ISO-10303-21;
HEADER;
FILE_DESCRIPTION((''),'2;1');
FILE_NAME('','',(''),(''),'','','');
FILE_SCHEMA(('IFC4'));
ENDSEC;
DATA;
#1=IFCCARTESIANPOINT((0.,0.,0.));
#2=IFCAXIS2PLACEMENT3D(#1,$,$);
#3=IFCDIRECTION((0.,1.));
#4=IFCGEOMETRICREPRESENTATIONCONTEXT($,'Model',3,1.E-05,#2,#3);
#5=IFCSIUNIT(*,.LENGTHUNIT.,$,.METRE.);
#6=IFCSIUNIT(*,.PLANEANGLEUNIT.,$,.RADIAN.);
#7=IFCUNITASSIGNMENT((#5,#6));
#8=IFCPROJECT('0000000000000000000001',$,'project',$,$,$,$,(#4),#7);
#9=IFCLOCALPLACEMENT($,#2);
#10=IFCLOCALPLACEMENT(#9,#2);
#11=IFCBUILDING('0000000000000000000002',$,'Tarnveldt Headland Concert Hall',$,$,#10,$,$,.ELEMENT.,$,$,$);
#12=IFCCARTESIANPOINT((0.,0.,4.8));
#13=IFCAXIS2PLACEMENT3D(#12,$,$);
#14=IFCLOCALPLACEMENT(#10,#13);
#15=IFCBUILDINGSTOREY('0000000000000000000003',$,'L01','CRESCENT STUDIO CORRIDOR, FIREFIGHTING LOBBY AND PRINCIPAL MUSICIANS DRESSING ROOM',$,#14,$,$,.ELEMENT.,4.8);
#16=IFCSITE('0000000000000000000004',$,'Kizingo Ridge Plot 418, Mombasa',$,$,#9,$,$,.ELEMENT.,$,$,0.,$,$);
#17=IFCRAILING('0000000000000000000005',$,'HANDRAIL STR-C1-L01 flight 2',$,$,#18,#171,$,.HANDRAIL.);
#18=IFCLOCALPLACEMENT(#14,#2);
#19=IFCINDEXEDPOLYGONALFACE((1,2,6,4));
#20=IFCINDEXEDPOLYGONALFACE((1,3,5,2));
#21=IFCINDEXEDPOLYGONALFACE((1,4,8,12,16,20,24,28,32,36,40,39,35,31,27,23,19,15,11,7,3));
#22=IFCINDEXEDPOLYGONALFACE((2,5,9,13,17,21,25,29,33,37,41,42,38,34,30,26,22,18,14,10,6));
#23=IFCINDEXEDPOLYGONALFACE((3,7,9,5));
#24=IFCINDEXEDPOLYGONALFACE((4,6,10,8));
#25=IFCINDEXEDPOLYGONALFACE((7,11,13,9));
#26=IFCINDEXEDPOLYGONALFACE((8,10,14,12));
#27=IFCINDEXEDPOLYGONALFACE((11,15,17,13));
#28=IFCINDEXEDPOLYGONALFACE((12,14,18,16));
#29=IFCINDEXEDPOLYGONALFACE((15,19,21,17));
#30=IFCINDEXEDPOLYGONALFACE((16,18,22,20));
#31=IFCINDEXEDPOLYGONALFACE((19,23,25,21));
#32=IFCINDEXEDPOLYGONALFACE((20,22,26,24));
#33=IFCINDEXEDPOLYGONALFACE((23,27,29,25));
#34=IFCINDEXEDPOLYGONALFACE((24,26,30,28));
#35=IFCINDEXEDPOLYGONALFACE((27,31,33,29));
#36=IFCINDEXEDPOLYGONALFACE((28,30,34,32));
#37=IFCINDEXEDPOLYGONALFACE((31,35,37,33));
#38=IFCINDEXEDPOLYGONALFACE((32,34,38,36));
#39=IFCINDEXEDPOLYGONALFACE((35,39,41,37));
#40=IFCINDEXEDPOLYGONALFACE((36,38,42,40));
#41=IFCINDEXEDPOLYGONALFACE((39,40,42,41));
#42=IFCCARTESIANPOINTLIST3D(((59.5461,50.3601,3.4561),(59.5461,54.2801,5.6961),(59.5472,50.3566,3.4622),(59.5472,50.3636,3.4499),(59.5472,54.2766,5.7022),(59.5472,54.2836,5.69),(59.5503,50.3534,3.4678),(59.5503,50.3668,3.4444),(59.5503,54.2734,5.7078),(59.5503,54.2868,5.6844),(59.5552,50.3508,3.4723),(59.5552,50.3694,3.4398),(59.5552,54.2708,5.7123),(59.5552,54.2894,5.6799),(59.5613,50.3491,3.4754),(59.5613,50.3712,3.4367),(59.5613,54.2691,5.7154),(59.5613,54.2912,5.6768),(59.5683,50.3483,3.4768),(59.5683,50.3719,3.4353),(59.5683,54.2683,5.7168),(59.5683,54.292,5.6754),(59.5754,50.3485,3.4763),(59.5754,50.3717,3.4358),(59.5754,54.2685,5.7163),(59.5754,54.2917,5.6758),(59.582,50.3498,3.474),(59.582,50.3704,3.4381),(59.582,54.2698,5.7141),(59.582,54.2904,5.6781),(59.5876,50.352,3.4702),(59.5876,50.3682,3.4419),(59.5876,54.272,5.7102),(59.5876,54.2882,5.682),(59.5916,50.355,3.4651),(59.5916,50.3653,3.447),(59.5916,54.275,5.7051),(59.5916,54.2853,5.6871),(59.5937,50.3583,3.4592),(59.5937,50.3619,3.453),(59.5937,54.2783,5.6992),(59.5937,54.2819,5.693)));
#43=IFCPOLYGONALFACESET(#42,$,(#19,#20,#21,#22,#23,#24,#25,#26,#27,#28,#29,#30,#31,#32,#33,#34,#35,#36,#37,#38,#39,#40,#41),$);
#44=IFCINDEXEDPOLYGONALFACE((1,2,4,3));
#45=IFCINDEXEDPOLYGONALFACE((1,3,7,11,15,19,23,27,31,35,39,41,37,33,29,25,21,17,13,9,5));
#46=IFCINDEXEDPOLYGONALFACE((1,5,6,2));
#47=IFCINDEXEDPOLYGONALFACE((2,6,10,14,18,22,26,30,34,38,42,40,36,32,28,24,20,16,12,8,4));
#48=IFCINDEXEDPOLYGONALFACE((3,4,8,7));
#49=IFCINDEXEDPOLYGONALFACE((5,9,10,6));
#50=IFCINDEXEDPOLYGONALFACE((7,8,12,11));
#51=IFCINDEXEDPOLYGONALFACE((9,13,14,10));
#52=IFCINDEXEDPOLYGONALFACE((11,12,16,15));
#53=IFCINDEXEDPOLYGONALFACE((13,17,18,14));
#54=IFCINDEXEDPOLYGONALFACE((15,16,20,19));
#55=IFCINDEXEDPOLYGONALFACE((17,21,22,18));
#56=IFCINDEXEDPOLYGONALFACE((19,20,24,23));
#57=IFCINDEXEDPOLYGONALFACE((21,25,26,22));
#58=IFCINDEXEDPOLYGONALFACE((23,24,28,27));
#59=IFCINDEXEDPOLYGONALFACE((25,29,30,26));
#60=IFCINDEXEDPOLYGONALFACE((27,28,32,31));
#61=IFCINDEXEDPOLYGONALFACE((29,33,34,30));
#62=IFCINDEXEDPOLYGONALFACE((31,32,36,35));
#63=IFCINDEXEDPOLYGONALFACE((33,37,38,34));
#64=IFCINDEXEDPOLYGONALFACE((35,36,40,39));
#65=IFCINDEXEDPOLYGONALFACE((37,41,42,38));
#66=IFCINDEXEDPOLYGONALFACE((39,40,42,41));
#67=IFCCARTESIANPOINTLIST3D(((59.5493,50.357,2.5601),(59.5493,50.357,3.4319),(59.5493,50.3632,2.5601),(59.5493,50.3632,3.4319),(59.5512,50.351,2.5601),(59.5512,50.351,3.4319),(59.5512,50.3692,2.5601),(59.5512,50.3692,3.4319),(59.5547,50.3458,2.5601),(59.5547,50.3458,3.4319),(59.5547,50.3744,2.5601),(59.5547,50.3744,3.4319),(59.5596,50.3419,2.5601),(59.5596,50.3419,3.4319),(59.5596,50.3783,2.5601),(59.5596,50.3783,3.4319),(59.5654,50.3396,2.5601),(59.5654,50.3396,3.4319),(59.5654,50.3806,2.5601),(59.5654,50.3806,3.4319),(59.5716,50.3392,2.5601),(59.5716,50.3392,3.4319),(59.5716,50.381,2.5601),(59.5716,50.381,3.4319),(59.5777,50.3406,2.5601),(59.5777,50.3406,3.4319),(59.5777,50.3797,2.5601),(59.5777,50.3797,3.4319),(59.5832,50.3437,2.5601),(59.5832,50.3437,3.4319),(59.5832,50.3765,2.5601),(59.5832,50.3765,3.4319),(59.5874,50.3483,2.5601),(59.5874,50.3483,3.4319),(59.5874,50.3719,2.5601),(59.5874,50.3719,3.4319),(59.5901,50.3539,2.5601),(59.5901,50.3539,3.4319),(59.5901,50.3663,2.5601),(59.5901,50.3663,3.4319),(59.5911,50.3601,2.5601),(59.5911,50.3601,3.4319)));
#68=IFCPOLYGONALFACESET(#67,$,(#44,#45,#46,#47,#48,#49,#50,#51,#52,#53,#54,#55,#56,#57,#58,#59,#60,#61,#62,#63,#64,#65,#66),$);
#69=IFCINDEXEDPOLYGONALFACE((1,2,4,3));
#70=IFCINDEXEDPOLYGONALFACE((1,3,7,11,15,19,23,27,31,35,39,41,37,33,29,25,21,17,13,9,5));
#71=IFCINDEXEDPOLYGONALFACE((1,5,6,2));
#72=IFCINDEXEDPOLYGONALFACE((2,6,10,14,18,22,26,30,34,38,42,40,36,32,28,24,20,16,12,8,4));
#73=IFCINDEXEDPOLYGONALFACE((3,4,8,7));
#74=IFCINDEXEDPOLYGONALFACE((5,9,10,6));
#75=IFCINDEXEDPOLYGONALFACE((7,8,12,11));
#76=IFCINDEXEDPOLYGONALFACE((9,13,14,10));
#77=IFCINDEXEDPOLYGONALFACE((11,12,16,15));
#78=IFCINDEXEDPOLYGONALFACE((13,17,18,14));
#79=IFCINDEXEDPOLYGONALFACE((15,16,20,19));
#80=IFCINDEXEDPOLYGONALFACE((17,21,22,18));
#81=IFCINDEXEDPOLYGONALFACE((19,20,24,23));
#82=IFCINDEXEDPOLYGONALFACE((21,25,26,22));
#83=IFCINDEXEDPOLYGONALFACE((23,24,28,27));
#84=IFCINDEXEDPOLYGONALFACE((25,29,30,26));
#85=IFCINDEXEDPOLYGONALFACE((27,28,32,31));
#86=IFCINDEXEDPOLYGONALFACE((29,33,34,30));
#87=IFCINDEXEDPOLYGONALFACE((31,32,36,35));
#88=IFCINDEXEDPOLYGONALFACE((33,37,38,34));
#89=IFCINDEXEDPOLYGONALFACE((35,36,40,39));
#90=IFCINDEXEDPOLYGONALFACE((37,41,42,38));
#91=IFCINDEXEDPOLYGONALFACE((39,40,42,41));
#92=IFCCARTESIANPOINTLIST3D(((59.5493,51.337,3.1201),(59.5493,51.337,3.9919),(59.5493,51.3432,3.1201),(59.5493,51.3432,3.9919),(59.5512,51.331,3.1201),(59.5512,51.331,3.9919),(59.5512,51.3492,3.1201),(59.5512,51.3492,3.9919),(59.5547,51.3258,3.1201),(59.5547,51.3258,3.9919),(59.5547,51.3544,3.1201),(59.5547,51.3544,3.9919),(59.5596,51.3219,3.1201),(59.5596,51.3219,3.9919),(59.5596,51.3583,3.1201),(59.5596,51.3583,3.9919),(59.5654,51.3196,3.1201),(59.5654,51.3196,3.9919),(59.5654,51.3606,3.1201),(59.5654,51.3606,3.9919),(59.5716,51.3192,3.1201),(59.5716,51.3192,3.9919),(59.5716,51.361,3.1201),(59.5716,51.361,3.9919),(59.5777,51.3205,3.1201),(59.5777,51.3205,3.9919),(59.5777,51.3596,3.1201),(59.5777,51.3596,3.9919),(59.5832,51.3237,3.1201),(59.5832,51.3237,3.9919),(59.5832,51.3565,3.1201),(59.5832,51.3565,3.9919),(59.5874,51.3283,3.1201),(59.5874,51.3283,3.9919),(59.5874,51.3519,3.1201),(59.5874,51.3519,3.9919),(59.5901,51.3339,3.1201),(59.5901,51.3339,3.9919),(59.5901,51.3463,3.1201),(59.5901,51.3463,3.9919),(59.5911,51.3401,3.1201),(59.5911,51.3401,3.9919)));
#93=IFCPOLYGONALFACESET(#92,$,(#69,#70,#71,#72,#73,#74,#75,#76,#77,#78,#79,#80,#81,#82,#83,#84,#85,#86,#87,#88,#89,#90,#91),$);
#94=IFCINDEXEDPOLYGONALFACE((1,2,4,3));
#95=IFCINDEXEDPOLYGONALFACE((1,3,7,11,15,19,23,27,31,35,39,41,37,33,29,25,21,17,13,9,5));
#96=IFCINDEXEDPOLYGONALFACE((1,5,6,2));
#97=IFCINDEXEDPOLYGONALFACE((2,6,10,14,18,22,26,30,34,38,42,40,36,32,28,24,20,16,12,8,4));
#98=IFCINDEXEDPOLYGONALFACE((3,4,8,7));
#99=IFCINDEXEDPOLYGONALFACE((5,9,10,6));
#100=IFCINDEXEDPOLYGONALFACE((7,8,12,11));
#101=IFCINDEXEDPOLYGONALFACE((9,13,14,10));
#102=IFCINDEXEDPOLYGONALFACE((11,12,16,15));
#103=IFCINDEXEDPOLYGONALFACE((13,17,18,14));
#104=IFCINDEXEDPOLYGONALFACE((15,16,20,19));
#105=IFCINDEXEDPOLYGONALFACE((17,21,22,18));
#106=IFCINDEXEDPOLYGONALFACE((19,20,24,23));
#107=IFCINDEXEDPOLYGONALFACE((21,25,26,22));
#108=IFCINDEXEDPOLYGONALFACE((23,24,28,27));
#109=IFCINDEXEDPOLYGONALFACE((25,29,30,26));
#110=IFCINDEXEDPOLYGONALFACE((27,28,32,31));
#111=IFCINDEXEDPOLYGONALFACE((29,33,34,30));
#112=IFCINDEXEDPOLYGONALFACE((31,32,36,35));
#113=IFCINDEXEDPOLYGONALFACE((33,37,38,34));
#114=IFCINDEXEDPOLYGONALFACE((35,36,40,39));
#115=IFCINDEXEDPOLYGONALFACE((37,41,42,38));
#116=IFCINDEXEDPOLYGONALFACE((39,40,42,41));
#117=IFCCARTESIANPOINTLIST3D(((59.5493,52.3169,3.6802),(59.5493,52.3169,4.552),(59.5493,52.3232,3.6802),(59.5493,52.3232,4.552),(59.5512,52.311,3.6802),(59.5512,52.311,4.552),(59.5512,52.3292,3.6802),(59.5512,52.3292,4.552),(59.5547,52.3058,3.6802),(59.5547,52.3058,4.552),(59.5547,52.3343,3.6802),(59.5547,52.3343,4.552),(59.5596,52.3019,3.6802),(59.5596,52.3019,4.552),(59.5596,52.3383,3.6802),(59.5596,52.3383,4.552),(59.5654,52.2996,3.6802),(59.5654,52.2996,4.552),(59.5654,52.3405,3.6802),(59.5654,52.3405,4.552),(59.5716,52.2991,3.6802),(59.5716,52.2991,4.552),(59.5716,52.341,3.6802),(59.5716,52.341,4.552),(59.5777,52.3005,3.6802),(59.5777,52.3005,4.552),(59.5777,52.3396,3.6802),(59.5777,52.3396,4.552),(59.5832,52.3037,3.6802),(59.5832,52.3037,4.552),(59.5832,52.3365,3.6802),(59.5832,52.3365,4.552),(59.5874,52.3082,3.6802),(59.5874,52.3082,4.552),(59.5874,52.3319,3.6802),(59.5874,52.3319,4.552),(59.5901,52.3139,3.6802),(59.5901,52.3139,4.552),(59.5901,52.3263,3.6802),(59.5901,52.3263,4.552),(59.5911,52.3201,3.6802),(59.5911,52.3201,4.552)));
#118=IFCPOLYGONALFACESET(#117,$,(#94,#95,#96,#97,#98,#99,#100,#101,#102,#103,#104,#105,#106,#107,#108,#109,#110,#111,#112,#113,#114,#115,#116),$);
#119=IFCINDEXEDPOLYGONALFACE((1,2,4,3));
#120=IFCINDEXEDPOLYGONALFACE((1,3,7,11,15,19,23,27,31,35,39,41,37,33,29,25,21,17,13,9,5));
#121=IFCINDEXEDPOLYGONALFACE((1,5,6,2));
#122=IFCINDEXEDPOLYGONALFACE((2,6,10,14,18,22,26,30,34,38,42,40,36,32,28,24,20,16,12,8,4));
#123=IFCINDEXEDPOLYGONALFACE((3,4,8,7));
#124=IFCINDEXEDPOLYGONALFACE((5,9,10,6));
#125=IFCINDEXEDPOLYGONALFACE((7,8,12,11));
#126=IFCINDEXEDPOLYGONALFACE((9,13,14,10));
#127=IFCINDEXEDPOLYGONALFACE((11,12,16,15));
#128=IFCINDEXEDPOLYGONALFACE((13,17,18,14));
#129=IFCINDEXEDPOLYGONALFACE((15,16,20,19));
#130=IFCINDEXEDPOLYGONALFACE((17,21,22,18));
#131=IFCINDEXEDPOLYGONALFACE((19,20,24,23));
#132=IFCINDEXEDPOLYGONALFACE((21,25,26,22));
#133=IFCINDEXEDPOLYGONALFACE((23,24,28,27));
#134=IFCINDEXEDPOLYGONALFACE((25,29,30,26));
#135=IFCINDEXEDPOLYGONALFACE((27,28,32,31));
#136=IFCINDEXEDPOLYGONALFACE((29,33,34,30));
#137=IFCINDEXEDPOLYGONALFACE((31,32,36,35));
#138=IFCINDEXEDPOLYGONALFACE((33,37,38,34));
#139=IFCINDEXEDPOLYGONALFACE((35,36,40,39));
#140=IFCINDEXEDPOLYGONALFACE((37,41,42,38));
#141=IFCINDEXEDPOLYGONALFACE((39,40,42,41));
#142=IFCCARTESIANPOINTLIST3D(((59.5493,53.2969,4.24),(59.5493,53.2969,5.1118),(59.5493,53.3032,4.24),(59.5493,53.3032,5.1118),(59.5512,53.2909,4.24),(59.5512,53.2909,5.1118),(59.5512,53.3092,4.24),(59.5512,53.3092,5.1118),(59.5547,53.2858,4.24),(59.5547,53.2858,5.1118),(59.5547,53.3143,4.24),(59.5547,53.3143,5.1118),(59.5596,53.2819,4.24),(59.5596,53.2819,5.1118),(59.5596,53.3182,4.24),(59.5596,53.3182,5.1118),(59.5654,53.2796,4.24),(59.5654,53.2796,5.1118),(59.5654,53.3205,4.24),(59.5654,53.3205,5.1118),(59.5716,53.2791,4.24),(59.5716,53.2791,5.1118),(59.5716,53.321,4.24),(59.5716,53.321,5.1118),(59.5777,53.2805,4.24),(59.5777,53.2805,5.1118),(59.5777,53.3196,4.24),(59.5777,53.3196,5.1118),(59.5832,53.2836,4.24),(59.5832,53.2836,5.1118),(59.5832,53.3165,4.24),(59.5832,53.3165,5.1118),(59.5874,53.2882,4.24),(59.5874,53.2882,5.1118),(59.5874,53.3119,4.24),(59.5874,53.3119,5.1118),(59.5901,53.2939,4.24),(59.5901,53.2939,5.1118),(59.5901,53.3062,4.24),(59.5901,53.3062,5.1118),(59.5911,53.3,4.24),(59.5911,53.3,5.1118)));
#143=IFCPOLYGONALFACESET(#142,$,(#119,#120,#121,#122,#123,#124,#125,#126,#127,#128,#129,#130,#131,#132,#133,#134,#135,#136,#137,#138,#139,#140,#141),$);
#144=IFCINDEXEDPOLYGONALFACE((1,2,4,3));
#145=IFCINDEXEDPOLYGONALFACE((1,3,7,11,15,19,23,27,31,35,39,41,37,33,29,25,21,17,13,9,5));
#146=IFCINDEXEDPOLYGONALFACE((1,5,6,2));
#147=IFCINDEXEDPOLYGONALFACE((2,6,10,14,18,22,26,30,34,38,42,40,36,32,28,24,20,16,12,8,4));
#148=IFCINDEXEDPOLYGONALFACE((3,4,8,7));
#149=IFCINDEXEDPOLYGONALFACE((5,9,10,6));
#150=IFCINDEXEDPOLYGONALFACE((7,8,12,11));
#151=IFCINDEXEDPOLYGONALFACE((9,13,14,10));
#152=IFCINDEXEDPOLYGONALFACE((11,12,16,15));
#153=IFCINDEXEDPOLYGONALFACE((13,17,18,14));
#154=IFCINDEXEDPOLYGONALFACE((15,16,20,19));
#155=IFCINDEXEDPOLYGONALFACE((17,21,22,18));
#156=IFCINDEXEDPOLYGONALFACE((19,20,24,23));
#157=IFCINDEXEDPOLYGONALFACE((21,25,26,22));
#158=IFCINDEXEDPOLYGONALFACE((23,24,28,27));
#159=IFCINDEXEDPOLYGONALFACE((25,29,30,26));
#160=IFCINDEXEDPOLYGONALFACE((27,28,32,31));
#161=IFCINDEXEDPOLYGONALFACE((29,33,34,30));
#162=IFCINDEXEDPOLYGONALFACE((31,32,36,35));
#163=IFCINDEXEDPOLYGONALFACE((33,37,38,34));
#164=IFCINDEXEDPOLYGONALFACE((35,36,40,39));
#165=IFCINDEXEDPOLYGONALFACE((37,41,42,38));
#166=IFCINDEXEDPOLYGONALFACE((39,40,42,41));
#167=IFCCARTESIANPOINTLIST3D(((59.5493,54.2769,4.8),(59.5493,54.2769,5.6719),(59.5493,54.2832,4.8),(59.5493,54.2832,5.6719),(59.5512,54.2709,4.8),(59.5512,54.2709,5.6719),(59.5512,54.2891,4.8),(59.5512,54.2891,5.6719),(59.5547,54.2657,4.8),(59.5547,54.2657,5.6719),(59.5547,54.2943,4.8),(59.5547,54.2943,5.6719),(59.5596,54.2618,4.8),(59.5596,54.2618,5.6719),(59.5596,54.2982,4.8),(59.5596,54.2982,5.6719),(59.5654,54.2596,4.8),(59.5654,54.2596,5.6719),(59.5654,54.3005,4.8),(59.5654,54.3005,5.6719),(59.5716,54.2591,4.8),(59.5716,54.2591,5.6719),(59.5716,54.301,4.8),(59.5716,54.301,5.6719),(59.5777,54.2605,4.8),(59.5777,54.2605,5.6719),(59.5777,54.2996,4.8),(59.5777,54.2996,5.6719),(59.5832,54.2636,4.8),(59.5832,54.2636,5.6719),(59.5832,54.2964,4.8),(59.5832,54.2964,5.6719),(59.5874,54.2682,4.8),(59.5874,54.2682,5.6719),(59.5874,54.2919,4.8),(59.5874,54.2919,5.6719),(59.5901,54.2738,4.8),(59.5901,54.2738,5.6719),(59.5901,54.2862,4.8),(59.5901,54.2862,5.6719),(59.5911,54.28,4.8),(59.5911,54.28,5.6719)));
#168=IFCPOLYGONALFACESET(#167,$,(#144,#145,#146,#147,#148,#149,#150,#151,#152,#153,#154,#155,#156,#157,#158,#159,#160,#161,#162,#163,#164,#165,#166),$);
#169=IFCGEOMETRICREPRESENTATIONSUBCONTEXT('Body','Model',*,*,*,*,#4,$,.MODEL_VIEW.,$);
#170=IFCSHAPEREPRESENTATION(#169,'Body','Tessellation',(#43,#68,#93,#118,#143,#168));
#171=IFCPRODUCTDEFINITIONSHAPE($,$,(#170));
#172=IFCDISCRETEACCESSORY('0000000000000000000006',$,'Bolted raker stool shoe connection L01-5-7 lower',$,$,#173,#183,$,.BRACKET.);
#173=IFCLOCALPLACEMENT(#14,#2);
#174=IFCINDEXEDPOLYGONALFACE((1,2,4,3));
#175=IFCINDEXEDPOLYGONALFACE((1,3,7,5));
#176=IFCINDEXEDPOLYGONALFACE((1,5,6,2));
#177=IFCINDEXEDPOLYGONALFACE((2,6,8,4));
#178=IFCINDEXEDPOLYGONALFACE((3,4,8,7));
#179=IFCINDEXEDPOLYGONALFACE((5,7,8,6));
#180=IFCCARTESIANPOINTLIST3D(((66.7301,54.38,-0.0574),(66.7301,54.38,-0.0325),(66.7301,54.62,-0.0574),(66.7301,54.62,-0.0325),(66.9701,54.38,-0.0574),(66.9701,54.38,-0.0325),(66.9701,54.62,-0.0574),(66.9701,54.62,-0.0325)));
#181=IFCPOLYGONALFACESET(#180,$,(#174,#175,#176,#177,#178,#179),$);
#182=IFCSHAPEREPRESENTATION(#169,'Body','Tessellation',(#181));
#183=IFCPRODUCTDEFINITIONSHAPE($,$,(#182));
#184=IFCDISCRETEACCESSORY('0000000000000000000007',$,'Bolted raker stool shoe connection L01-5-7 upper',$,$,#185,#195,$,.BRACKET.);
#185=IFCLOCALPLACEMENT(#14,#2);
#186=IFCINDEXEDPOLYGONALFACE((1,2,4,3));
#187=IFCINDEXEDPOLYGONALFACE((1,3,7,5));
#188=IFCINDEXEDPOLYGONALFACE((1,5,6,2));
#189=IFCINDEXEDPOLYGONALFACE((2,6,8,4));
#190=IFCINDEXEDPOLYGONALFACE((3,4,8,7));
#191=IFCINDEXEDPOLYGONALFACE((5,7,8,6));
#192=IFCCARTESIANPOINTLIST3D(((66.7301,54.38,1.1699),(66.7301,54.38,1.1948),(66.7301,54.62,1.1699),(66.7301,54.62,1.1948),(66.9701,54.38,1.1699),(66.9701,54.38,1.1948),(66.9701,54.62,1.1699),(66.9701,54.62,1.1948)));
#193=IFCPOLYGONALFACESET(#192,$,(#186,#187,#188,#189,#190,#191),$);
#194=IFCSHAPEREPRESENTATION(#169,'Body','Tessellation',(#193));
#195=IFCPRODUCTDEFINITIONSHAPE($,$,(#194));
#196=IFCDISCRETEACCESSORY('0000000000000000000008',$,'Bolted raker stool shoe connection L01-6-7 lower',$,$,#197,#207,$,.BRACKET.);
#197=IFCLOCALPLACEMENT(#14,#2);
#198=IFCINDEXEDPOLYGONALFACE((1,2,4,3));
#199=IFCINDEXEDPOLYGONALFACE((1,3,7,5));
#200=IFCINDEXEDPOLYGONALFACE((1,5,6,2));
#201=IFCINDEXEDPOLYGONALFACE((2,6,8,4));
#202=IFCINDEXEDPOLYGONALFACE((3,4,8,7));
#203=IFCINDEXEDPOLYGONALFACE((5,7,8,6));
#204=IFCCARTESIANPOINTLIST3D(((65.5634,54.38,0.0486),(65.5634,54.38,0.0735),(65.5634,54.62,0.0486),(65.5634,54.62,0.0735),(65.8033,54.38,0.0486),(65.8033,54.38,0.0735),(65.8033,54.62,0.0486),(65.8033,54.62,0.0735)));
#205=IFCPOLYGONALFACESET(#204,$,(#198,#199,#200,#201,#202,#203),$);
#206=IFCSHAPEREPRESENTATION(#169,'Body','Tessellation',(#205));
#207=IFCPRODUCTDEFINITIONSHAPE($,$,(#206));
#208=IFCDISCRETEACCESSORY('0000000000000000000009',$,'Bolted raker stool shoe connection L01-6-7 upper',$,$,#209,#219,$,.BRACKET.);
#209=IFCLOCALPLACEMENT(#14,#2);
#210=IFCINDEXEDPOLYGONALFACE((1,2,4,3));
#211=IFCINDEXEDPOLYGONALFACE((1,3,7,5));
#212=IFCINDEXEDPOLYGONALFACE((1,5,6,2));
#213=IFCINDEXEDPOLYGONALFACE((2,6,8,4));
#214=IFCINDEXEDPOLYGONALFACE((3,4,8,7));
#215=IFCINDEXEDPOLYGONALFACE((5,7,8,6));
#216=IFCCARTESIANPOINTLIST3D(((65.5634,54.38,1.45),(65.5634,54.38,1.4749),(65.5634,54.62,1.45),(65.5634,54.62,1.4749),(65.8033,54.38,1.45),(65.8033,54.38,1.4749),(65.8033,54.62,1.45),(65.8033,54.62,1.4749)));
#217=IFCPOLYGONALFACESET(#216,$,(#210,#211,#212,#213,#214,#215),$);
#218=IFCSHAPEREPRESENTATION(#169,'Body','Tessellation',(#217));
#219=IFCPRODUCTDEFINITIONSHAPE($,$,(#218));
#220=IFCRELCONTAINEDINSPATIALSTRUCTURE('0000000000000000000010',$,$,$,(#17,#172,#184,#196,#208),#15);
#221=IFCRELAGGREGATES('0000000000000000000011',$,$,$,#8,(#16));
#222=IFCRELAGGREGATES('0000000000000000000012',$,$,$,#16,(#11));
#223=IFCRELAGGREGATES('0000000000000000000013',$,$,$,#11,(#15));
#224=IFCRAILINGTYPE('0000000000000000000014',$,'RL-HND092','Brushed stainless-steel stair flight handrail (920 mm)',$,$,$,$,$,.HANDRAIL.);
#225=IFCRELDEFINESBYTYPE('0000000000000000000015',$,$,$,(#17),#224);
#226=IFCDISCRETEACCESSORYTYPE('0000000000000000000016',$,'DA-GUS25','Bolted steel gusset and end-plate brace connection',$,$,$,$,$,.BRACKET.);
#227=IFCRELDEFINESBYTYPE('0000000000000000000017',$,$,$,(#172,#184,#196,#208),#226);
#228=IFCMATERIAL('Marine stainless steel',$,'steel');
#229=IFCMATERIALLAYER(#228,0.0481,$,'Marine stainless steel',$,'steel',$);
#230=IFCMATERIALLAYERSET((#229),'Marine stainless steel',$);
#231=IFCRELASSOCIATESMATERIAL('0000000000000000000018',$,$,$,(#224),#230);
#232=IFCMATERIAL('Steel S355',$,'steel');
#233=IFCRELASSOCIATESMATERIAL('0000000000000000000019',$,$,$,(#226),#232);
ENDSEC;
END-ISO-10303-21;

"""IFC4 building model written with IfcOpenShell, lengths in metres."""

from ifc_helpers import new_model, si_unit, direction, frame, origin, origin_2d, place, context, subcontext, project, spatial, rectangle, circle, extrude, material, layer, layer_set, type_object, element, save


model = new_model("IFC4")

# Units and contexts
model_context = context("Model", 3, precision=1e-05, world=origin(), true_north=direction((0.0, 1.0)))
body_context = subcontext(model_context, "Body", "Model", "MODEL_VIEW")
ifc_project = project(units=[si_unit("LENGTHUNIT", "METRE"), si_unit("PLANEANGLEUNIT", "RADIAN")], contexts=[model_context])

# Site, building, storey
site_placement = place(None, origin())
site = spatial("IfcSite", under=ifc_project, at=site_placement, Name="Kizingo Ridge Plot 418, Mombasa", CompositionType="ELEMENT", RefElevation=0.0)
building_placement = place(site_placement, origin())
building = spatial("IfcBuilding", under=site, at=building_placement, Name="Tarnveldt Headland Concert Hall", CompositionType="ELEMENT")
storey_placement = place(building_placement, frame((0.0, 0.0, 4.8)))
storey = spatial("IfcBuildingStorey", under=building, at=storey_placement, Name="L01", Description="CRESCENT STUDIO CORRIDOR, FIREFIGHTING LOBBY AND PRINCIPAL MUSICIANS DRESSING ROOM", CompositionType="ELEMENT", Elevation=4.8)

# Shared definitions
ifc_material_1 = material(Name="Steel S355", Category="steel")

# Railing
ifc_material_2 = material(Name="Marine stainless steel", Category="steel")
ifc_layer_1 = layer(ifc_material_2, 0.0481, Name="Marine stainless steel", Category="steel")
ifc_layer_set_1 = layer_set([ifc_layer_1], Name="Marine stainless steel")
railing_type_1 = type_object("IfcRailingType", Name="RL-HND092", Description="Brushed stainless-steel stair flight handrail (920 mm)", PredefinedType="HANDRAIL", material=ifc_layer_set_1)
railing_1_placement = place(storey_placement, frame((59.5701, 50.3601, 2.5601)))
element("IfcRailing", 1, at=railing_1_placement, inside=storey, type_object=railing_type_1, Name="HANDRAIL STR-C1-L01 flight 2", PredefinedType="HANDRAIL", context=body_context, shape_type="SweptSolid", body=[
    extrude(circle(Radius=0.0239, at=origin_2d()), frame((0.0, 0.0, 0.896), z_axis=(0.0, 0.86824, 0.496145), x_axis=(-1.0, 0.0, 0.0)), (0.0, 0.0, 1.0), 4.5149),
    extrude(circle(Radius=0.021, at=origin_2d()), origin(), (0.0, 0.0, 1.0), 0.8718),
    extrude(circle(Radius=0.021, at=origin_2d()), frame((0.0, 0.98, 0.5601)), (0.0, 0.0, 1.0), 0.8718),
    extrude(circle(Radius=0.021, at=origin_2d()), frame((0.0, 1.96, 1.1201)), (0.0, 0.0, 1.0), 0.8718),
    extrude(circle(Radius=0.021, at=origin_2d()), frame((0.0, 2.9399, 1.6799)), (0.0, 0.0, 1.0), 0.8718),
    extrude(circle(Radius=0.021, at=origin_2d()), frame((0.0, 3.9199, 2.24)), (0.0, 0.0, 1.0), 0.8718),
])

# Discrete accessories
discrete_accessory_type = type_object("IfcDiscreteAccessoryType", Name="DA-GUS25", Description="Bolted steel gusset and end-plate brace connection", PredefinedType="BRACKET", material=ifc_material_1)
for number, where, z_axis, x_axis, name in (
    (2, (66.8501, 54.5, -0.0574), (0.0, 0.0, 1.0), (1.0, 0.0, 0.0), "Bolted raker stool shoe connection L01-5-7 lower"),
    (3, (66.8501, 54.5, 1.1699), (0.0, 0.0, 1.0), (1.0, 0.0, 0.0), "Bolted raker stool shoe connection L01-5-7 upper"),
    (4, (65.6833, 54.5, 0.0486), (0.0, 0.0, 1.0), (1.0, 0.0, 0.0), "Bolted raker stool shoe connection L01-6-7 lower"),
    (5, (65.6833, 54.5, 1.45), (0.0, 0.0, 1.0), (1.0, 0.0, 0.0), "Bolted raker stool shoe connection L01-6-7 upper"),
):
    element("IfcDiscreteAccessory", number, at=place(storey_placement, frame(where, z_axis=z_axis, x_axis=x_axis)), inside=storey, type_object=discrete_accessory_type, Name=name, PredefinedType="BRACKET", context=body_context, shape_type="SweptSolid", body=[
        extrude(rectangle(XDim=0.24, YDim=0.24, at=origin_2d()), origin(), (0.0, 0.0, 1.0), 0.0249),
    ])

save(model, "model.ifc")
